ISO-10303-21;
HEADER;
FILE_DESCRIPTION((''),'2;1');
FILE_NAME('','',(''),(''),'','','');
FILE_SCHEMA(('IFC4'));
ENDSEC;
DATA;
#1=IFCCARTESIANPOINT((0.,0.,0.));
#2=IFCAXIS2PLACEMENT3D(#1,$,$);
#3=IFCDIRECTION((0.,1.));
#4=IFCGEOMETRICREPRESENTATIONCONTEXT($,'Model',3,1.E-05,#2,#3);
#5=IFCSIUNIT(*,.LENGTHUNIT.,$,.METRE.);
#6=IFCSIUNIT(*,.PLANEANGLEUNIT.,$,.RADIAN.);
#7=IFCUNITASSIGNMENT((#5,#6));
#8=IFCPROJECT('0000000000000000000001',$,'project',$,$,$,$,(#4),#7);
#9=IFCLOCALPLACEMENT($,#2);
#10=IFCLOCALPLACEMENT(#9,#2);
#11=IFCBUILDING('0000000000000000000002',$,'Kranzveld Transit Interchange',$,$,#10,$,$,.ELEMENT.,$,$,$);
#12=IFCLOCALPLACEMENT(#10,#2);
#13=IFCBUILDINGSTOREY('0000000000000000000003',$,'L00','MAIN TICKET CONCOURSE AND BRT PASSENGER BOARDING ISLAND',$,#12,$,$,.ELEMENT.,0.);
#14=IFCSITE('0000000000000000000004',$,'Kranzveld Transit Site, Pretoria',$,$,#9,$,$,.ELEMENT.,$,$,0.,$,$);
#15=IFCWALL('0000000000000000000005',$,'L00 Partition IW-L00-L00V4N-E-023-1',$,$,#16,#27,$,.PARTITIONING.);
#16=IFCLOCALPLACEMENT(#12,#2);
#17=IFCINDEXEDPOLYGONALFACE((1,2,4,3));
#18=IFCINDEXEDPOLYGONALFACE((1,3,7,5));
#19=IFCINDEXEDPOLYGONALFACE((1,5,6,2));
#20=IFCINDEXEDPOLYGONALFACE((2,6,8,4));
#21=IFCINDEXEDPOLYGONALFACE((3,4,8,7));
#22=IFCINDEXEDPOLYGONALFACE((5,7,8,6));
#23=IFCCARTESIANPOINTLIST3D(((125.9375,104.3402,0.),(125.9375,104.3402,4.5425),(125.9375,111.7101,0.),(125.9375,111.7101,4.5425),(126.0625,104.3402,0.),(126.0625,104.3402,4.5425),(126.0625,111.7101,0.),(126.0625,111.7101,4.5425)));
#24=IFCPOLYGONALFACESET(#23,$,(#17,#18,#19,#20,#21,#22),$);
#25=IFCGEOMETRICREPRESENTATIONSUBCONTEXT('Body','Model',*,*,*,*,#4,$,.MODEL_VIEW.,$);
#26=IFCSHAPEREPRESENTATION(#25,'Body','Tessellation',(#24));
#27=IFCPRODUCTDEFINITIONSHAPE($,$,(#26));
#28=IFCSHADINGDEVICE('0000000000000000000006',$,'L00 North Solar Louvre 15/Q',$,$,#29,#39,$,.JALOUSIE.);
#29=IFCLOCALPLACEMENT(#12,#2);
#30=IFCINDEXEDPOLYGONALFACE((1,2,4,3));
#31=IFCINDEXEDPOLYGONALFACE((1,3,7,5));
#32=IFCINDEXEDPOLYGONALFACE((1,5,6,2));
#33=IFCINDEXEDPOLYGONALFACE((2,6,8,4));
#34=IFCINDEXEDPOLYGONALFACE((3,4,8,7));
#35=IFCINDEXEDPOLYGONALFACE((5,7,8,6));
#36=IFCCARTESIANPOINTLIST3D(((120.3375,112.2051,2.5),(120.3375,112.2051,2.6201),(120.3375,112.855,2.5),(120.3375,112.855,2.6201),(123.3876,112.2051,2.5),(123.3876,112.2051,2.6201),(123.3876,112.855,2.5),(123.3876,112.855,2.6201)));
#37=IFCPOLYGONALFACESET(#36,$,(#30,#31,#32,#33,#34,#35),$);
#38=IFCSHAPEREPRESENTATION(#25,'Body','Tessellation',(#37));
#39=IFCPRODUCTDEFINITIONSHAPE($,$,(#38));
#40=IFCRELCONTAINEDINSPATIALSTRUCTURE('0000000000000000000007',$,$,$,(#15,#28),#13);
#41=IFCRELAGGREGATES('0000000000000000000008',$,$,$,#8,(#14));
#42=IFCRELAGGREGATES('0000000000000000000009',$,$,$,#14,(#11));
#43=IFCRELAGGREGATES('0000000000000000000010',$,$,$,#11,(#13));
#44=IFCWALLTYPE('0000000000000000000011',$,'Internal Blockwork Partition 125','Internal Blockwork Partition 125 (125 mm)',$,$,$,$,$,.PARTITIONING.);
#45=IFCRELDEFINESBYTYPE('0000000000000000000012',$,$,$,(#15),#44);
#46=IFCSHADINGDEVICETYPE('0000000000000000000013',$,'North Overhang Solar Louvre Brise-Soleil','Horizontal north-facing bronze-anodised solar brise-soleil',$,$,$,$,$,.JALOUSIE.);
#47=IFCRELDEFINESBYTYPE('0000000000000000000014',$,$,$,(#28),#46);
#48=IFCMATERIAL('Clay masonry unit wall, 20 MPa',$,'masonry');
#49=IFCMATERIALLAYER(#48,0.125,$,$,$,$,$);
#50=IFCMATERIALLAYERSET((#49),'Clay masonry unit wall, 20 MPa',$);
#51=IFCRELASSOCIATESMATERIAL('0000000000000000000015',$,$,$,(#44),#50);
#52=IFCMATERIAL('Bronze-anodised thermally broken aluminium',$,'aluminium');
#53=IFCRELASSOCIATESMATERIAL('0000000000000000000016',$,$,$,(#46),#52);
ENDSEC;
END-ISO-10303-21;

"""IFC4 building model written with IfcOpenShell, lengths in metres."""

from ifc_helpers import new_model, si_unit, direction, frame, frame_2d, origin, origin_2d, place, context, subcontext, project, spatial, rectangle, extrude, material, layer, layer_set, type_object, element, save


model = new_model("IFC4")

# Units and contexts
model_context = context("Model", 3, precision=1e-05, world=origin(), true_north=direction((0.0, 1.0)))
body_context = subcontext(model_context, "Body", "Model", "MODEL_VIEW")
ifc_project = project(units=[si_unit("LENGTHUNIT", "METRE"), si_unit("PLANEANGLEUNIT", "RADIAN")], contexts=[model_context])

# Site, building, storey
site_placement = place(None, origin())
site = spatial("IfcSite", under=ifc_project, at=site_placement, Name="Kranzveld Transit Site, Pretoria", CompositionType="ELEMENT", RefElevation=0.0)
building_placement = place(site_placement, origin())
building = spatial("IfcBuilding", under=site, at=building_placement, Name="Kranzveld Transit Interchange", CompositionType="ELEMENT")
storey_placement = place(building_placement, origin())
storey = spatial("IfcBuildingStorey", under=building, at=storey_placement, Name="L00", Description="MAIN TICKET CONCOURSE AND BRT PASSENGER BOARDING ISLAND", CompositionType="ELEMENT", Elevation=0.0)

# Wall
ifc_material_1 = material(Name="Clay masonry unit wall, 20 MPa", Category="masonry")
ifc_layer_1 = layer(ifc_material_1, 0.125)
ifc_layer_set_1 = layer_set([ifc_layer_1], Name="Clay masonry unit wall, 20 MPa")
wall_type_1 = type_object("IfcWallType", Name="Internal Blockwork Partition 125", Description="Internal Blockwork Partition 125 (125 mm)", PredefinedType="PARTITIONING", material=ifc_layer_set_1)
wall_1_placement = place(storey_placement, frame((126.0, 104.3401, 0.0), z_axis=(0.0, 0.0, 1.0), x_axis=(0.0, 1.0, 0.0)))
element("IfcWall", 1, at=wall_1_placement, inside=storey, type_object=wall_type_1, Name="L00 Partition IW-L00-L00V4N-E-023-1", PredefinedType="PARTITIONING", context=body_context, shape_type="SweptSolid", body=[
    extrude(rectangle(XDim=7.3699, YDim=0.125, at=frame_2d((3.6851, 0.0))), origin(), (0.0, 0.0, 1.0), 4.5425),
])

# Shading device
ifc_material_2 = material(Name="Bronze-anodised thermally broken aluminium", Category="aluminium")
shading_device_type = type_object("IfcShadingDeviceType", Name="North Overhang Solar Louvre Brise-Soleil", Description="Horizontal north-facing bronze-anodised solar brise-soleil", PredefinedType="JALOUSIE", material=ifc_material_2)
shading_device_placement = place(storey_placement, frame((121.8625, 112.53, 2.5), z_axis=(0.0, 0.0, 1.0), x_axis=(1.0, 0.0, 0.0)))
element("IfcShadingDevice", 2, at=shading_device_placement, inside=storey, type_object=shading_device_type, Name="L00 North Solar Louvre 15/Q", PredefinedType="JALOUSIE", context=body_context, shape_type="SweptSolid", body=[
    extrude(rectangle(XDim=3.05, YDim=0.6499, at=origin_2d()), origin(), (0.0, 0.0, 1.0), 0.1201),
])

save(model, "model.ifc")
